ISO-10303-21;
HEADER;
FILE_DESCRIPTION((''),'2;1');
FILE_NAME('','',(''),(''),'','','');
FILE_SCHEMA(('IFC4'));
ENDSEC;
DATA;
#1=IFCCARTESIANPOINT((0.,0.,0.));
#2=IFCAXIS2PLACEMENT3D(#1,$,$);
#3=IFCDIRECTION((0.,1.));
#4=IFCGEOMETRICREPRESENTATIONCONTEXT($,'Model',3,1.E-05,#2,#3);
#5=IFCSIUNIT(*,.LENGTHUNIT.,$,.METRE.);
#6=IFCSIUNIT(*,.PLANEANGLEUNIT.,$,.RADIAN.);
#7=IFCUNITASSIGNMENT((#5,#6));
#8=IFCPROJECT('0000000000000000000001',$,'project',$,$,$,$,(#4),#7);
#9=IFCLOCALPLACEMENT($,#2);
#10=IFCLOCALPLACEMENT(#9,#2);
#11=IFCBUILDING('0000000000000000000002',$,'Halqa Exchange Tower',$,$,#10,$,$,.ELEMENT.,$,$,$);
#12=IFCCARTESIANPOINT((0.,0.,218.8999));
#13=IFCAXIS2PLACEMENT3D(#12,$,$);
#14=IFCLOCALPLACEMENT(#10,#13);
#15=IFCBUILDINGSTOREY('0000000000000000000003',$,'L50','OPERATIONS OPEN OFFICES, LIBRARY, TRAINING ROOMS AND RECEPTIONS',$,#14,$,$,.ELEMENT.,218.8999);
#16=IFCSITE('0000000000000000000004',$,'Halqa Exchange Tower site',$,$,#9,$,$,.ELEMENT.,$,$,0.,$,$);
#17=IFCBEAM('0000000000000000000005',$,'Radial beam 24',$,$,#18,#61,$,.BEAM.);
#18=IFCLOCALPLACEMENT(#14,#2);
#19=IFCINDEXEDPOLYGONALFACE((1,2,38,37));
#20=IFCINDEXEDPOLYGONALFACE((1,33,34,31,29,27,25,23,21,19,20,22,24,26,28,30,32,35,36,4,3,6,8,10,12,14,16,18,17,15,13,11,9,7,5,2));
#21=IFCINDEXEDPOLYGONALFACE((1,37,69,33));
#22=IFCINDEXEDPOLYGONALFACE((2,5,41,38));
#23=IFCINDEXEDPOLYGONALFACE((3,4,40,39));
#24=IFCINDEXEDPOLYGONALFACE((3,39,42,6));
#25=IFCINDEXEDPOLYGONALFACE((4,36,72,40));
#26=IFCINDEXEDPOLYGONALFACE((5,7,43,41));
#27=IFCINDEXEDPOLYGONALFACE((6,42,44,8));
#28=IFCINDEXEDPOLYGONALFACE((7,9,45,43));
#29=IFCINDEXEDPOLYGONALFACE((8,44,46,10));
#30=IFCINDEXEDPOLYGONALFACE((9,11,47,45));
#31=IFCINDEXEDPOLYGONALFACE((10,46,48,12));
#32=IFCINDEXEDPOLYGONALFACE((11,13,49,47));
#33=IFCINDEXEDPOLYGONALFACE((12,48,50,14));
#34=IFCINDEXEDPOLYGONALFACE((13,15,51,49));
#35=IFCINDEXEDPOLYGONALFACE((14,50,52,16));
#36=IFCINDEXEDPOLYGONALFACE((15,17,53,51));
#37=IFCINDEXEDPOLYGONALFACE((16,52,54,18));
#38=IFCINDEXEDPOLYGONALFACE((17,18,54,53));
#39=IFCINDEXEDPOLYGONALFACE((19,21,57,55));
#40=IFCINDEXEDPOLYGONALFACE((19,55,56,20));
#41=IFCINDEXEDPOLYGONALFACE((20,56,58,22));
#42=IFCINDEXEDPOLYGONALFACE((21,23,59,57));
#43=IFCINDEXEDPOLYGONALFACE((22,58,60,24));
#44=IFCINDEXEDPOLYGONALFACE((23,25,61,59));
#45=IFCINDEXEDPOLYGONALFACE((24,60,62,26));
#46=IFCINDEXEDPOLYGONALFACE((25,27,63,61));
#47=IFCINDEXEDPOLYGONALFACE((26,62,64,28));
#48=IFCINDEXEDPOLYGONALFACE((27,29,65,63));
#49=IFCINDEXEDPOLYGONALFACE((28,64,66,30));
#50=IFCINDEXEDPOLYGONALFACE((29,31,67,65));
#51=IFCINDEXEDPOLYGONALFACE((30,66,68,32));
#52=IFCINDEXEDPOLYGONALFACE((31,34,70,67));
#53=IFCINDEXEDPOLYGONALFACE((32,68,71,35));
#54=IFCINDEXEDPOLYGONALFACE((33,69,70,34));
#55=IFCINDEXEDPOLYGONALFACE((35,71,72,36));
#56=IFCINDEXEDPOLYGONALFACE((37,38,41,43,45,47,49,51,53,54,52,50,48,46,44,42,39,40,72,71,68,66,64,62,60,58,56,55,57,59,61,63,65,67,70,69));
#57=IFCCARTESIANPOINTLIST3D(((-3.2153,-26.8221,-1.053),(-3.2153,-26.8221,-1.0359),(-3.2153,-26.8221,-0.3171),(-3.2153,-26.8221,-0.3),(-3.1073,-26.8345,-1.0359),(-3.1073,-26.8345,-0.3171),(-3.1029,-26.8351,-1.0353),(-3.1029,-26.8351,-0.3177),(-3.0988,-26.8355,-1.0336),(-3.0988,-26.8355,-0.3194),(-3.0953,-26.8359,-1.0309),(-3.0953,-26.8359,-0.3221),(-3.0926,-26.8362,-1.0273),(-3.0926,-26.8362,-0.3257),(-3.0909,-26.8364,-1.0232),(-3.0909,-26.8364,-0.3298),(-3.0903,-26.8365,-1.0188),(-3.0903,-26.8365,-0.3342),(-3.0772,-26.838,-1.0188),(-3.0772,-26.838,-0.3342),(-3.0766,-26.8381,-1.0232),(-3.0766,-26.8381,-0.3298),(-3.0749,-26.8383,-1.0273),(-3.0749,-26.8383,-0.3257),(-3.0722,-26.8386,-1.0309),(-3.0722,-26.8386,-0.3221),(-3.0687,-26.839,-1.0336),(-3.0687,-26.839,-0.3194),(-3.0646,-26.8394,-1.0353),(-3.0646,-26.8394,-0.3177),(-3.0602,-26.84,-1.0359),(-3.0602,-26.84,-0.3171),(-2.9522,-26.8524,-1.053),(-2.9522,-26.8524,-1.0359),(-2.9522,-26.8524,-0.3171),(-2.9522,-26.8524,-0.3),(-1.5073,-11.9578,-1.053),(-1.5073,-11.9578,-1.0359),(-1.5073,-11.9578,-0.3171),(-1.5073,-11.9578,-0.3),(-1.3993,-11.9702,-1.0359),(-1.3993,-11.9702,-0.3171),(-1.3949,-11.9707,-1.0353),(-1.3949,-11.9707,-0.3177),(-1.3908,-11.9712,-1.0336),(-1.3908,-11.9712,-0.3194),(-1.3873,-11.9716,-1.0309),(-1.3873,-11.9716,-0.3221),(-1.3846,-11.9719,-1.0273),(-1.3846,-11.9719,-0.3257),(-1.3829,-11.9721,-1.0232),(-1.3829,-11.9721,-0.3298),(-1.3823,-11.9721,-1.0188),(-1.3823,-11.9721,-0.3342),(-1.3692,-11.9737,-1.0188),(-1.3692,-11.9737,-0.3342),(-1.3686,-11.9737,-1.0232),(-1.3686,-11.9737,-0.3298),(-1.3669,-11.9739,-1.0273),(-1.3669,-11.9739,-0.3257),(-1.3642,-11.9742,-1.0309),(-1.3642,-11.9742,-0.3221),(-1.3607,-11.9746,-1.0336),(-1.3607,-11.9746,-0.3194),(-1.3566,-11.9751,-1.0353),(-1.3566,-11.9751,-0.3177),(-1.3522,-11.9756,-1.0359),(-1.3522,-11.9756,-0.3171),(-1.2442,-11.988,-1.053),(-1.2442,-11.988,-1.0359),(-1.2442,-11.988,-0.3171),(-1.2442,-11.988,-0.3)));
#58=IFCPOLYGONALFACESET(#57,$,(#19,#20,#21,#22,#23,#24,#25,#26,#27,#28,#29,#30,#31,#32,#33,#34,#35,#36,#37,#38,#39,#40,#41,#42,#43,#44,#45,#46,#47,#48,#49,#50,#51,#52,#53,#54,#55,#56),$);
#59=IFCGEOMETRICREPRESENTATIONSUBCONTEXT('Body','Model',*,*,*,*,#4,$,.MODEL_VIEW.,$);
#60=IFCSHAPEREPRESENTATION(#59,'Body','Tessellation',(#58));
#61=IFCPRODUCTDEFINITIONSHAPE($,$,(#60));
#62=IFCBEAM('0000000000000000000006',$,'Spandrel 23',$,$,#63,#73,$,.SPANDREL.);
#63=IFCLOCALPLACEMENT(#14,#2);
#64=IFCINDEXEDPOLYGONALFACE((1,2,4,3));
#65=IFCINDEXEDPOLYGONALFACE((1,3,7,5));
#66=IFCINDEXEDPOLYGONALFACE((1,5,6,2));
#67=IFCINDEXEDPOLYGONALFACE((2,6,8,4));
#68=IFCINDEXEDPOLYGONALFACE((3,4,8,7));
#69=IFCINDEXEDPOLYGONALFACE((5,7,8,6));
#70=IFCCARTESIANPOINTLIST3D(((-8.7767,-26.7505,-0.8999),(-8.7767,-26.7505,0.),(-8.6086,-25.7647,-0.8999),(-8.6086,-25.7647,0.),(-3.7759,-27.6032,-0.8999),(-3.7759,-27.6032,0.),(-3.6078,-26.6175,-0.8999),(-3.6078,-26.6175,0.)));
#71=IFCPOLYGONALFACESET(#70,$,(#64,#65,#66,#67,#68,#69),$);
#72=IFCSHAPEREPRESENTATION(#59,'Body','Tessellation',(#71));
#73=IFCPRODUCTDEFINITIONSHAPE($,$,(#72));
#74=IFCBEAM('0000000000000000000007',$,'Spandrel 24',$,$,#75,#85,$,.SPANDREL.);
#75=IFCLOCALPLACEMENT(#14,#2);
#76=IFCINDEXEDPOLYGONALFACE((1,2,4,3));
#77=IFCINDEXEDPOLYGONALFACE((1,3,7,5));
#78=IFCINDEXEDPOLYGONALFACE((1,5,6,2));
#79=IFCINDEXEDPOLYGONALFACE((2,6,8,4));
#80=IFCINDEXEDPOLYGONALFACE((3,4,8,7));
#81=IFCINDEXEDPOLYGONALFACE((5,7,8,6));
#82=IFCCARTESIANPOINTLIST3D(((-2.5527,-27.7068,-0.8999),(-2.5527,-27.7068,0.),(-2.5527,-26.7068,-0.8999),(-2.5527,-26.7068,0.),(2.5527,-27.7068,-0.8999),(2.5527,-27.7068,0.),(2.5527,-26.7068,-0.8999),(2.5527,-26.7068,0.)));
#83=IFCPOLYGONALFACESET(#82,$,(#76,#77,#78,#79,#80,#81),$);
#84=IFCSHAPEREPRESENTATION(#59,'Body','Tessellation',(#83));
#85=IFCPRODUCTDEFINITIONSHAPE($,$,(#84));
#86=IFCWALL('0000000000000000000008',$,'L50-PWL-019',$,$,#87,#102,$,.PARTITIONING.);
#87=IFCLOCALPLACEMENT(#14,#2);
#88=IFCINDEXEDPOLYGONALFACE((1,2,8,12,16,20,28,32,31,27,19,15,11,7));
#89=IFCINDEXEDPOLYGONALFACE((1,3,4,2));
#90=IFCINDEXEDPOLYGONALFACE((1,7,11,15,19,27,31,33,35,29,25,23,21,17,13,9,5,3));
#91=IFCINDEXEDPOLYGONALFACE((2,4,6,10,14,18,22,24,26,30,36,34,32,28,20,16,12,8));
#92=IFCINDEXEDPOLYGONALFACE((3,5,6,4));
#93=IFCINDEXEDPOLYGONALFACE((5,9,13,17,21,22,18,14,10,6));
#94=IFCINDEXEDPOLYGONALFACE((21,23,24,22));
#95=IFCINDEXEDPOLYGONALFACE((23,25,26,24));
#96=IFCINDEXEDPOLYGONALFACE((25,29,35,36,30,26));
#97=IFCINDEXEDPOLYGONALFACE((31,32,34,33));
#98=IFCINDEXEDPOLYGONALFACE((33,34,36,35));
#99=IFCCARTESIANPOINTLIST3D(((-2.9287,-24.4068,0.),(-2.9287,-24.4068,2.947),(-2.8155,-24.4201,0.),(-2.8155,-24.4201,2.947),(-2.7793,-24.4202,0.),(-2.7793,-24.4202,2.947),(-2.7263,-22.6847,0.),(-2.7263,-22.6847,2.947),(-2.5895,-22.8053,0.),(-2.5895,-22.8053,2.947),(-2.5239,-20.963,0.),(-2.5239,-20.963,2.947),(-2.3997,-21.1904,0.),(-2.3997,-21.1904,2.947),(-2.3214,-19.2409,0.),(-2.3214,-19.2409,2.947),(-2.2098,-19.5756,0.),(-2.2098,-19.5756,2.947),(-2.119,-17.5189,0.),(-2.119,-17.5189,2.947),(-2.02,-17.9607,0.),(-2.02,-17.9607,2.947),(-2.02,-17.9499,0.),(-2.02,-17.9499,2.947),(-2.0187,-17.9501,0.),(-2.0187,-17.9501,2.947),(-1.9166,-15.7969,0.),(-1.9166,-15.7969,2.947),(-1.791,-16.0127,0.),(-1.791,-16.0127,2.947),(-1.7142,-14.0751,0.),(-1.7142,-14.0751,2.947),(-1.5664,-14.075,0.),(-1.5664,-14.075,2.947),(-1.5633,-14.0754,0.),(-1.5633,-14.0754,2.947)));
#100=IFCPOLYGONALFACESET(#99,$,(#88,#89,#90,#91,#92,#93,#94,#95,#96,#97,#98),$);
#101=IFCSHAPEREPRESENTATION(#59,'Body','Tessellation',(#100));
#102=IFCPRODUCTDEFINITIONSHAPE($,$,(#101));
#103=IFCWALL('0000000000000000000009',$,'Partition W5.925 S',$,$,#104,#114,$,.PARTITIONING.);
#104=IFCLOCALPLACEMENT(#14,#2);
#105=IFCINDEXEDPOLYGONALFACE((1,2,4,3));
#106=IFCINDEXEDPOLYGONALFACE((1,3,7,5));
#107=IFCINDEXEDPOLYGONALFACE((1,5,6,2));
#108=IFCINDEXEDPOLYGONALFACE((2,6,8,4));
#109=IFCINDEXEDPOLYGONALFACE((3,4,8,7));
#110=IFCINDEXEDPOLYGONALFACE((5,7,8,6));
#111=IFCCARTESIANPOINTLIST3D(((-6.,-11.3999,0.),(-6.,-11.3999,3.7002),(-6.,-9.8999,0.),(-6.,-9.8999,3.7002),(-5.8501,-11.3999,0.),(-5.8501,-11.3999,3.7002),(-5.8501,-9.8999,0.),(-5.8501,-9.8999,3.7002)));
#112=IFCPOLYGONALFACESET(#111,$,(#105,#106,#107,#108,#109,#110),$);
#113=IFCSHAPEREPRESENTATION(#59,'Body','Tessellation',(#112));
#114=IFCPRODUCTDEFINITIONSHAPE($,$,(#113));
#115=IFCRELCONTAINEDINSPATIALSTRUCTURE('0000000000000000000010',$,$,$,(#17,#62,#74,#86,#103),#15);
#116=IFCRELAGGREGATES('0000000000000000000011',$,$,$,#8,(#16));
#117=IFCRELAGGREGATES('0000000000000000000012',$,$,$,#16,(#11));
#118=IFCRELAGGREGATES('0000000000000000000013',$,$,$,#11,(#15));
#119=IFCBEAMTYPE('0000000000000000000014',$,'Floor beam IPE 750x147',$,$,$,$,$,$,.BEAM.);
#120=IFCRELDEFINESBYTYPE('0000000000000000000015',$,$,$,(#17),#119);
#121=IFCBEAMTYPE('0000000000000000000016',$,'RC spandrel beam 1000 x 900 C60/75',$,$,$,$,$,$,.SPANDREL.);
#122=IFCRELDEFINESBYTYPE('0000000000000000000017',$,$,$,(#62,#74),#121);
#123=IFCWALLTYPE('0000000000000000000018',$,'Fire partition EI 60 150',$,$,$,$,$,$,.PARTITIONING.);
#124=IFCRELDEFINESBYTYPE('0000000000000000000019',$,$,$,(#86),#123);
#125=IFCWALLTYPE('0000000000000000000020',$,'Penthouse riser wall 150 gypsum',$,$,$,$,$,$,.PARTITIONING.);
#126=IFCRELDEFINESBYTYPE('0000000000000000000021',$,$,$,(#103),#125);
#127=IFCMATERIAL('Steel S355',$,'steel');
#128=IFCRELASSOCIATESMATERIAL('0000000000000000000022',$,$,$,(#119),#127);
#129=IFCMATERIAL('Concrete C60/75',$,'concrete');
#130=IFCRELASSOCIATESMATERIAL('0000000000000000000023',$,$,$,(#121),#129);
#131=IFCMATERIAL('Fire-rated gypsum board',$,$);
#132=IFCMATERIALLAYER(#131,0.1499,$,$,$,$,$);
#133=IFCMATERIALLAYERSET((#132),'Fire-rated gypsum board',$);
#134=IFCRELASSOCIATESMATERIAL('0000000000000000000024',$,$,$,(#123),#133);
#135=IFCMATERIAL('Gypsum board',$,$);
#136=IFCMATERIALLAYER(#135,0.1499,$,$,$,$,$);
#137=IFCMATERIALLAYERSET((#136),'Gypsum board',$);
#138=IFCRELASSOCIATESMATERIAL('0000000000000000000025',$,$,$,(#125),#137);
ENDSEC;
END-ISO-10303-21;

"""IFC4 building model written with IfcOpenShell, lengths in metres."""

from ifc_helpers import new_model, si_unit, direction, frame, frame_2d, origin, origin_2d, place, context, subcontext, project, spatial, polyline, rectangle, i_section, outline, extrude, material, layer, layer_set, material_profile, profile_set, type_object, element, save


model = new_model("IFC4")

# Units and contexts
model_context = context("Model", 3, precision=1e-05, world=origin(), true_north=direction((0.0, 1.0)))
body_context = subcontext(model_context, "Body", "Model", "MODEL_VIEW")
ifc_project = project(units=[si_unit("LENGTHUNIT", "METRE"), si_unit("PLANEANGLEUNIT", "RADIAN")], contexts=[model_context])

# Site, building, storey
site_placement = place(None, origin())
site = spatial("IfcSite", under=ifc_project, at=site_placement, Name="Halqa Exchange Tower site", CompositionType="ELEMENT", RefElevation=0.0)
building_placement = place(site_placement, origin())
building = spatial("IfcBuilding", under=site, at=building_placement, Name="Halqa Exchange Tower", CompositionType="ELEMENT")
storey_placement = place(building_placement, frame((0.0, 0.0, 218.8999)))
storey = spatial("IfcBuildingStorey", under=building, at=storey_placement, Name="L50", Description="OPERATIONS OPEN OFFICES, LIBRARY, TRAINING ROOMS AND RECEPTIONS", CompositionType="ELEMENT", Elevation=218.8999)

# Shared definitions
ifc_material_1 = material(Name="Concrete C60/75", Category="concrete")

# Beams
ifc_material_2 = material(Name="Steel S355", Category="steel")
ifc_material_profile_1 = material_profile(ifc_material_2, i_section(OverallWidth=0.2649, OverallDepth=0.7529, WebThickness=0.0132, FlangeThickness=0.0171, FilletRadius=0.0171, at=origin_2d()), Name="IPE 750x147")
ifc_profile_set_1 = profile_set([ifc_material_profile_1], Name="Steel S355")
beam_type_1 = type_object("IfcBeamType", Name="Floor beam IPE 750x147", PredefinedType="BEAM", material=ifc_profile_set_1)
beam_1_placement = place(storey_placement, frame((-1.3757, -11.9729, -0.6765), z_axis=(-0.114156, -0.993463, 0.0), x_axis=(0.993463, -0.114156, 0.0)))
element("IfcBeam", 1, at=beam_1_placement, inside=storey, type_object=beam_type_1, Name="Radial beam 24", PredefinedType="BEAM", context=body_context, shape_type="SweptSolid", body=[
    extrude(i_section(OverallWidth=0.2649, OverallDepth=0.7529, WebThickness=0.0132, FlangeThickness=0.0171, FilletRadius=0.0171, at=origin_2d()), origin(), (0.0, 0.0, 1.0), 14.9622),
])
ifc_material_profile_2 = material_profile(ifc_material_1, rectangle(XDim=1.0, YDim=0.8999, at=origin_2d()), Name="1000 x 900")
ifc_profile_set_2 = profile_set([ifc_material_profile_2], Name="Concrete C60/75")
beam_type_2 = type_object("IfcBeamType", Name="RC spandrel beam 1000 x 900 C60/75", PredefinedType="SPANDREL", material=ifc_profile_set_2)
beam_2_placement = place(storey_placement, frame((-8.6926, -26.2576, -0.45), z_axis=(0.985769, -0.168105, 0.0), x_axis=(0.168105, 0.985769, 0.0)))
element("IfcBeam", 2, at=beam_2_placement, inside=storey, type_object=beam_type_2, Name="Spandrel 23", PredefinedType="SPANDREL", context=body_context, shape_type="SweptSolid", body=[
    extrude(rectangle(XDim=1.0, YDim=0.8999, at=origin_2d()), origin(), (0.0, 0.0, 1.0), 5.073),
])
beam_3_placement = place(storey_placement, frame((-2.5527, -27.2068, -0.45), z_axis=(1.0, 0.0, 0.0), x_axis=(0.0, 1.0, 0.0)))
element("IfcBeam", 3, at=beam_3_placement, inside=storey, type_object=beam_type_2, Name="Spandrel 24", PredefinedType="SPANDREL", context=body_context, shape_type="SweptSolid", body=[
    extrude(rectangle(XDim=1.0, YDim=0.8999, at=origin_2d()), origin(), (0.0, 0.0, 1.0), 5.1055),
])

# Walls
ifc_material_3 = material(Name="Fire-rated gypsum board")
ifc_layer_1 = layer(ifc_material_3, 0.1499)
ifc_layer_set_1 = layer_set([ifc_layer_1], Name="Fire-rated gypsum board")
wall_type_1 = type_object("IfcWallType", Name="Fire partition EI 60 150", PredefinedType="PARTITIONING", material=ifc_layer_set_1)
wall_1_placement = place(storey_placement, frame((-2.8542, -24.4155, 0.0), z_axis=(0.0, 0.0, 1.0), x_axis=(0.11675, 0.993161, 0.0)))
element("IfcWall", 4, at=wall_1_placement, inside=storey, type_object=wall_type_1, Name="L50-PWL-019", PredefinedType="PARTITIONING", context=body_context, shape_type="SweptSolid", body=[
    extrude(outline(polyline([(0.0042, -0.075), (1.6301, -0.075), (3.2561, -0.075), (4.8821, -0.075), (6.5081, -0.075), (6.5188, -0.0737), (6.5188, -0.075), (8.4695, -0.075), (10.4202, -0.075), (10.4202, -0.0718), (10.4028, 0.075), (8.6692, 0.075), (6.9353, 0.075), (5.2014, 0.075), (3.4675, 0.075), (1.7339, 0.075), (0.0, 0.075), (0.0, -0.0391), (0.0042, -0.075)])), origin(), (0.0, 0.0, 1.0), 2.947),
])
ifc_material_4 = material(Name="Gypsum board")
ifc_layer_2 = layer(ifc_material_4, 0.1499)
ifc_layer_set_2 = layer_set([ifc_layer_2], Name="Gypsum board")
wall_type_2 = type_object("IfcWallType", Name="Penthouse riser wall 150 gypsum", PredefinedType="PARTITIONING", material=ifc_layer_set_2)
wall_2_placement = place(storey_placement, frame((-5.925, -11.3999, 0.0), z_axis=(0.0, 0.0, 1.0), x_axis=(0.0, 1.0, 0.0)))
element("IfcWall", 5, at=wall_2_placement, inside=storey, type_object=wall_type_2, Name="Partition W5.925 S", PredefinedType="PARTITIONING", context=body_context, shape_type="SweptSolid", body=[
    extrude(rectangle(XDim=1.5, YDim=0.1499, at=frame_2d((0.75, 0.0))), origin(), (0.0, 0.0, 1.0), 3.7002),
])

save(model, "model.ifc")
